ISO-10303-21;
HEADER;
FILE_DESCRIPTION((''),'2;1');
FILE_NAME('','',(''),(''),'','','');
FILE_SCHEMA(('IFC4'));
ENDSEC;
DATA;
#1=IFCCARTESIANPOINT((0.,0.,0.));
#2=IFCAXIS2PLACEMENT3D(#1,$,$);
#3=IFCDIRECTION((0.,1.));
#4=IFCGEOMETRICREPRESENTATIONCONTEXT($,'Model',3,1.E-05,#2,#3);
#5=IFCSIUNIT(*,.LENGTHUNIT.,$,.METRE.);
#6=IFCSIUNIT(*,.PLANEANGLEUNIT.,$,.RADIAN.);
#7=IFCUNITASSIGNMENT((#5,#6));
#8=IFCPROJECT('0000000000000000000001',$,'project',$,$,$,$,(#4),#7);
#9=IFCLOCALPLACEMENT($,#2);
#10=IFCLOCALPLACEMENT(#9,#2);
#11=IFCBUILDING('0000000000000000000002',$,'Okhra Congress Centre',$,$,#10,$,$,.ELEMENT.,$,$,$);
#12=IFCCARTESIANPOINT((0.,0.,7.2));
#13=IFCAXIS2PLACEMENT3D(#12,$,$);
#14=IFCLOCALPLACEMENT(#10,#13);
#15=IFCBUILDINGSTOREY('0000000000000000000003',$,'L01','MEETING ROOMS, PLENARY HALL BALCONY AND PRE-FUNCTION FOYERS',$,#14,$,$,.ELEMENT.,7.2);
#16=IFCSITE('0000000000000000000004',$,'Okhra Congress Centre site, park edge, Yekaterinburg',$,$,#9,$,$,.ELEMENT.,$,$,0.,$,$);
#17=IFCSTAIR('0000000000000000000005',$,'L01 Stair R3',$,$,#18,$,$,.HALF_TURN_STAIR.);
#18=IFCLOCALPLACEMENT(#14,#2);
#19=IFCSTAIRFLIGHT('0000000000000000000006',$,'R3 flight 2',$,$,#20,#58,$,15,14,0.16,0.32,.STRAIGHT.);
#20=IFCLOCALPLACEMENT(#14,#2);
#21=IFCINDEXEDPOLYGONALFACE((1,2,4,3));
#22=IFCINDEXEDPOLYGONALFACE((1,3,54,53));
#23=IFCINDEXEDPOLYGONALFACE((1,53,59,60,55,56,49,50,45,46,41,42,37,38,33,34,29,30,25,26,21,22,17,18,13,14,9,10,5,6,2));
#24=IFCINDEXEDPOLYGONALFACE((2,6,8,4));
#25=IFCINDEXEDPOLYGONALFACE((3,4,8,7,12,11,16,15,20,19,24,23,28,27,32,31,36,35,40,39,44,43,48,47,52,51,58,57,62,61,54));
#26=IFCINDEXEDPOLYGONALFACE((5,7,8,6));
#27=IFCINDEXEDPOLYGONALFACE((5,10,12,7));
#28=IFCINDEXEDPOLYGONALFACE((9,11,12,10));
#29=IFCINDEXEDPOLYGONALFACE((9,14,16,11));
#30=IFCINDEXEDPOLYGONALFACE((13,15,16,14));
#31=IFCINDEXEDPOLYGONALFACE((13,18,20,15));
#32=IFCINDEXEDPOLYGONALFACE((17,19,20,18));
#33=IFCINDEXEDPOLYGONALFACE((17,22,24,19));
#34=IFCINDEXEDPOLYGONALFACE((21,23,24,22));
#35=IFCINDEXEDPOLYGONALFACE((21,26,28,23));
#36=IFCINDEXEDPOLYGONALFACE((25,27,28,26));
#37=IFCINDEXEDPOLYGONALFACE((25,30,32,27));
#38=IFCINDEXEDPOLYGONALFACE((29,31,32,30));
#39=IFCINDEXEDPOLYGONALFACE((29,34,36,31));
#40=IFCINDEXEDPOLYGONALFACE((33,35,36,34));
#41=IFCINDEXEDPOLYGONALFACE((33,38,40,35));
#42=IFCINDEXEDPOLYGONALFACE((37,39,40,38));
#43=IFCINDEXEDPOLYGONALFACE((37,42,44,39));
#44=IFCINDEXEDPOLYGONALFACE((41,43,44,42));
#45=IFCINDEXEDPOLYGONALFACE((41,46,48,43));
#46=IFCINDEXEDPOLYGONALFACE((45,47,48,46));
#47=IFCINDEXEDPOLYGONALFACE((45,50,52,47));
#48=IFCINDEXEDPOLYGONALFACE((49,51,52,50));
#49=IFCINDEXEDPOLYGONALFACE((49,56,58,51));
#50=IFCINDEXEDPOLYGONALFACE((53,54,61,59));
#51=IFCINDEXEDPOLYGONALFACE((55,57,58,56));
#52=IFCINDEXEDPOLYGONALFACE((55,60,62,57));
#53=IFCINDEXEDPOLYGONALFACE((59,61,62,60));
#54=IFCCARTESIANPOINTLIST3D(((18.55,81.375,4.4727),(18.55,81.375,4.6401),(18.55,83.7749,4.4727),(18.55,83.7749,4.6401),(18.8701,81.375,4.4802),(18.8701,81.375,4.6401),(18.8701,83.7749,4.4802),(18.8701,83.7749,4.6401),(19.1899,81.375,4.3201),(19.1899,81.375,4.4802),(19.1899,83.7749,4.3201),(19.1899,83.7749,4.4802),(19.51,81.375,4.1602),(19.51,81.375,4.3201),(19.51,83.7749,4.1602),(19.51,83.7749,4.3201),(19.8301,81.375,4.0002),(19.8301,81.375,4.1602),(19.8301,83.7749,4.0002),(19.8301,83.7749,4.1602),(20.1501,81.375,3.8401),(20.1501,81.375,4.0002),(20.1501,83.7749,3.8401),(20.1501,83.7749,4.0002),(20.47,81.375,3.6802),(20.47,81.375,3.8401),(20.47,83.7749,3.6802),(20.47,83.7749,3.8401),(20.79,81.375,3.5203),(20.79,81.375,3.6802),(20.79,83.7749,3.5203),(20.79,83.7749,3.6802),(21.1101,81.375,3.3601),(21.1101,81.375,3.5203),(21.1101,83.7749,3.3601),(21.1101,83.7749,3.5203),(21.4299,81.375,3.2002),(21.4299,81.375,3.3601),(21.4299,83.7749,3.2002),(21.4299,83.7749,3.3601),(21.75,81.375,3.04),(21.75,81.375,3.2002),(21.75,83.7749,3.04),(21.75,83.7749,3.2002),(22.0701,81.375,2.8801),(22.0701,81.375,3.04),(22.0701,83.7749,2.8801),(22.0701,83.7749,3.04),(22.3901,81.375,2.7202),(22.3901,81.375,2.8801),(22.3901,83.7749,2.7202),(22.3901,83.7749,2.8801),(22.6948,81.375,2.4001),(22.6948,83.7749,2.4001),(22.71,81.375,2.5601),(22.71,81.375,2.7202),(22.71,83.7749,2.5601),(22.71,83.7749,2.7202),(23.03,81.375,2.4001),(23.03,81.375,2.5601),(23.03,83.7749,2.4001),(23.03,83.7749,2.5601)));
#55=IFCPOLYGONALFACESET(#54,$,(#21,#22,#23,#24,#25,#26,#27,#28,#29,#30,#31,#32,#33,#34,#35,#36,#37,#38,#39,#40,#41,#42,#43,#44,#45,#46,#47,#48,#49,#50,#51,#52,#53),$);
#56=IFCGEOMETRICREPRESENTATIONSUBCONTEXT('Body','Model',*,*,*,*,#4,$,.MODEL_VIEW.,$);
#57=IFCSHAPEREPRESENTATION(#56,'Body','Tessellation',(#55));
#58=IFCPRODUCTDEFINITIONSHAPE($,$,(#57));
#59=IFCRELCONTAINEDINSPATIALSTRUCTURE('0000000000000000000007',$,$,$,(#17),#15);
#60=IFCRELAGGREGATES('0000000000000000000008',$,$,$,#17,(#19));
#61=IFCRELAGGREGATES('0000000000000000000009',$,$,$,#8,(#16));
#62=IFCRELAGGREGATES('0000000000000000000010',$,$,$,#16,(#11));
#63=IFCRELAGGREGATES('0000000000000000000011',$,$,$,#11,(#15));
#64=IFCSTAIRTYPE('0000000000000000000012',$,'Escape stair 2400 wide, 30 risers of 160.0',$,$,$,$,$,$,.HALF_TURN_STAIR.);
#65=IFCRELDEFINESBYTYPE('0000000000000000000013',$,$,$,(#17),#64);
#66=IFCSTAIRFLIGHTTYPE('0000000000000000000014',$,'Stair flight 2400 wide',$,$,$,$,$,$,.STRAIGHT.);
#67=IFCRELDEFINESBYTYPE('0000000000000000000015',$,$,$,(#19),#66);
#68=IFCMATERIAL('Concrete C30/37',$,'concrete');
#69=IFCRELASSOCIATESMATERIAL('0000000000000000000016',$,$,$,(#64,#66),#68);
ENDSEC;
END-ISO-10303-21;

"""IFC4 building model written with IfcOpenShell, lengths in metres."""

from ifc_helpers import new_model, si_unit, direction, frame, origin, place, context, subcontext, project, spatial, polyline, outline, extrude, material, type_object, element, aggregate, save


model = new_model("IFC4")

# Units and contexts
model_context = context("Model", 3, precision=1e-05, world=origin(), true_north=direction((0.0, 1.0)))
body_context = subcontext(model_context, "Body", "Model", "MODEL_VIEW")
ifc_project = project(units=[si_unit("LENGTHUNIT", "METRE"), si_unit("PLANEANGLEUNIT", "RADIAN")], contexts=[model_context])

# Site, building, storey
site_placement = place(None, origin())
site = spatial("IfcSite", under=ifc_project, at=site_placement, Name="Okhra Congress Centre site, park edge, Yekaterinburg", CompositionType="ELEMENT", RefElevation=0.0)
building_placement = place(site_placement, origin())
building = spatial("IfcBuilding", under=site, at=building_placement, Name="Okhra Congress Centre", CompositionType="ELEMENT")
storey_placement = place(building_placement, frame((0.0, 0.0, 7.2)))
storey = spatial("IfcBuildingStorey", under=building, at=storey_placement, Name="L01", Description="MEETING ROOMS, PLENARY HALL BALCONY AND PRE-FUNCTION FOYERS", CompositionType="ELEMENT", Elevation=7.2)

# Shared definitions
ifc_material_1 = material(Name="Concrete C30/37", Category="concrete")

# Shared definitions
stair_type = type_object("IfcStairType", Name="Escape stair 2400 wide, 30 risers of 160.0", PredefinedType="HALF_TURN_STAIR", material=ifc_material_1)
stair_flight_type = type_object("IfcStairFlightType", Name="Stair flight 2400 wide", PredefinedType="STRAIGHT", material=ifc_material_1)

# Stair, stair flight
stair_1_placement = place(storey_placement, origin())
stair_1 = element("IfcStair", 1, at=stair_1_placement, inside=storey, type_object=stair_type, Name="L01 Stair R3", PredefinedType="HALF_TURN_STAIR")
stair_flight_1_placement = place(storey_placement, frame((23.03, 82.575, 2.4001), z_axis=(0.0, 0.0, 1.0), x_axis=(-1.0, 0.0, 0.0)))
stair_flight_1 = element("IfcStairFlight", 2, at=stair_flight_1_placement, type_object=stair_flight_type, Name="R3 flight 2", NumberOfRisers=15, NumberOfTreads=14, PredefinedType="STRAIGHT", RiserHeight=0.16, TreadLength=0.32, context=body_context, shape_type="SweptSolid", body=[
    extrude(outline(polyline([(0.0, 0.0), (0.0, 0.1599), (0.3201, 0.1599), (0.3201, 0.3201), (0.6399, 0.3201), (0.6399, 0.48), (0.96, 0.48), (0.96, 0.6399), (1.28, 0.6399), (1.28, 0.8), (1.6001, 0.8), (1.6001, 0.96), (1.9199, 0.96), (1.9199, 1.1201), (2.24, 1.1201), (2.24, 1.28), (2.5601, 1.28), (2.5601, 1.4399), (2.8799, 1.4399), (2.8799, 1.6001), (3.2, 1.6001), (3.2, 1.76), (3.52, 1.76), (3.52, 1.9199), (3.8401, 1.9199), (3.8401, 2.0801), (4.1599, 2.0801), (4.1599, 2.24), (4.48, 2.24), (4.48, 2.3999), (4.48, 2.0725), (0.3352, 0.0), (0.0, 0.0)])), frame((0.0, 1.2, 0.0), z_axis=(0.0, -1.0, 0.0), x_axis=(1.0, 0.0, 0.0)), (0.0, 0.0, 1.0), 2.3999),
])
aggregate(stair_1, [stair_flight_1])

save(model, "model.ifc")
